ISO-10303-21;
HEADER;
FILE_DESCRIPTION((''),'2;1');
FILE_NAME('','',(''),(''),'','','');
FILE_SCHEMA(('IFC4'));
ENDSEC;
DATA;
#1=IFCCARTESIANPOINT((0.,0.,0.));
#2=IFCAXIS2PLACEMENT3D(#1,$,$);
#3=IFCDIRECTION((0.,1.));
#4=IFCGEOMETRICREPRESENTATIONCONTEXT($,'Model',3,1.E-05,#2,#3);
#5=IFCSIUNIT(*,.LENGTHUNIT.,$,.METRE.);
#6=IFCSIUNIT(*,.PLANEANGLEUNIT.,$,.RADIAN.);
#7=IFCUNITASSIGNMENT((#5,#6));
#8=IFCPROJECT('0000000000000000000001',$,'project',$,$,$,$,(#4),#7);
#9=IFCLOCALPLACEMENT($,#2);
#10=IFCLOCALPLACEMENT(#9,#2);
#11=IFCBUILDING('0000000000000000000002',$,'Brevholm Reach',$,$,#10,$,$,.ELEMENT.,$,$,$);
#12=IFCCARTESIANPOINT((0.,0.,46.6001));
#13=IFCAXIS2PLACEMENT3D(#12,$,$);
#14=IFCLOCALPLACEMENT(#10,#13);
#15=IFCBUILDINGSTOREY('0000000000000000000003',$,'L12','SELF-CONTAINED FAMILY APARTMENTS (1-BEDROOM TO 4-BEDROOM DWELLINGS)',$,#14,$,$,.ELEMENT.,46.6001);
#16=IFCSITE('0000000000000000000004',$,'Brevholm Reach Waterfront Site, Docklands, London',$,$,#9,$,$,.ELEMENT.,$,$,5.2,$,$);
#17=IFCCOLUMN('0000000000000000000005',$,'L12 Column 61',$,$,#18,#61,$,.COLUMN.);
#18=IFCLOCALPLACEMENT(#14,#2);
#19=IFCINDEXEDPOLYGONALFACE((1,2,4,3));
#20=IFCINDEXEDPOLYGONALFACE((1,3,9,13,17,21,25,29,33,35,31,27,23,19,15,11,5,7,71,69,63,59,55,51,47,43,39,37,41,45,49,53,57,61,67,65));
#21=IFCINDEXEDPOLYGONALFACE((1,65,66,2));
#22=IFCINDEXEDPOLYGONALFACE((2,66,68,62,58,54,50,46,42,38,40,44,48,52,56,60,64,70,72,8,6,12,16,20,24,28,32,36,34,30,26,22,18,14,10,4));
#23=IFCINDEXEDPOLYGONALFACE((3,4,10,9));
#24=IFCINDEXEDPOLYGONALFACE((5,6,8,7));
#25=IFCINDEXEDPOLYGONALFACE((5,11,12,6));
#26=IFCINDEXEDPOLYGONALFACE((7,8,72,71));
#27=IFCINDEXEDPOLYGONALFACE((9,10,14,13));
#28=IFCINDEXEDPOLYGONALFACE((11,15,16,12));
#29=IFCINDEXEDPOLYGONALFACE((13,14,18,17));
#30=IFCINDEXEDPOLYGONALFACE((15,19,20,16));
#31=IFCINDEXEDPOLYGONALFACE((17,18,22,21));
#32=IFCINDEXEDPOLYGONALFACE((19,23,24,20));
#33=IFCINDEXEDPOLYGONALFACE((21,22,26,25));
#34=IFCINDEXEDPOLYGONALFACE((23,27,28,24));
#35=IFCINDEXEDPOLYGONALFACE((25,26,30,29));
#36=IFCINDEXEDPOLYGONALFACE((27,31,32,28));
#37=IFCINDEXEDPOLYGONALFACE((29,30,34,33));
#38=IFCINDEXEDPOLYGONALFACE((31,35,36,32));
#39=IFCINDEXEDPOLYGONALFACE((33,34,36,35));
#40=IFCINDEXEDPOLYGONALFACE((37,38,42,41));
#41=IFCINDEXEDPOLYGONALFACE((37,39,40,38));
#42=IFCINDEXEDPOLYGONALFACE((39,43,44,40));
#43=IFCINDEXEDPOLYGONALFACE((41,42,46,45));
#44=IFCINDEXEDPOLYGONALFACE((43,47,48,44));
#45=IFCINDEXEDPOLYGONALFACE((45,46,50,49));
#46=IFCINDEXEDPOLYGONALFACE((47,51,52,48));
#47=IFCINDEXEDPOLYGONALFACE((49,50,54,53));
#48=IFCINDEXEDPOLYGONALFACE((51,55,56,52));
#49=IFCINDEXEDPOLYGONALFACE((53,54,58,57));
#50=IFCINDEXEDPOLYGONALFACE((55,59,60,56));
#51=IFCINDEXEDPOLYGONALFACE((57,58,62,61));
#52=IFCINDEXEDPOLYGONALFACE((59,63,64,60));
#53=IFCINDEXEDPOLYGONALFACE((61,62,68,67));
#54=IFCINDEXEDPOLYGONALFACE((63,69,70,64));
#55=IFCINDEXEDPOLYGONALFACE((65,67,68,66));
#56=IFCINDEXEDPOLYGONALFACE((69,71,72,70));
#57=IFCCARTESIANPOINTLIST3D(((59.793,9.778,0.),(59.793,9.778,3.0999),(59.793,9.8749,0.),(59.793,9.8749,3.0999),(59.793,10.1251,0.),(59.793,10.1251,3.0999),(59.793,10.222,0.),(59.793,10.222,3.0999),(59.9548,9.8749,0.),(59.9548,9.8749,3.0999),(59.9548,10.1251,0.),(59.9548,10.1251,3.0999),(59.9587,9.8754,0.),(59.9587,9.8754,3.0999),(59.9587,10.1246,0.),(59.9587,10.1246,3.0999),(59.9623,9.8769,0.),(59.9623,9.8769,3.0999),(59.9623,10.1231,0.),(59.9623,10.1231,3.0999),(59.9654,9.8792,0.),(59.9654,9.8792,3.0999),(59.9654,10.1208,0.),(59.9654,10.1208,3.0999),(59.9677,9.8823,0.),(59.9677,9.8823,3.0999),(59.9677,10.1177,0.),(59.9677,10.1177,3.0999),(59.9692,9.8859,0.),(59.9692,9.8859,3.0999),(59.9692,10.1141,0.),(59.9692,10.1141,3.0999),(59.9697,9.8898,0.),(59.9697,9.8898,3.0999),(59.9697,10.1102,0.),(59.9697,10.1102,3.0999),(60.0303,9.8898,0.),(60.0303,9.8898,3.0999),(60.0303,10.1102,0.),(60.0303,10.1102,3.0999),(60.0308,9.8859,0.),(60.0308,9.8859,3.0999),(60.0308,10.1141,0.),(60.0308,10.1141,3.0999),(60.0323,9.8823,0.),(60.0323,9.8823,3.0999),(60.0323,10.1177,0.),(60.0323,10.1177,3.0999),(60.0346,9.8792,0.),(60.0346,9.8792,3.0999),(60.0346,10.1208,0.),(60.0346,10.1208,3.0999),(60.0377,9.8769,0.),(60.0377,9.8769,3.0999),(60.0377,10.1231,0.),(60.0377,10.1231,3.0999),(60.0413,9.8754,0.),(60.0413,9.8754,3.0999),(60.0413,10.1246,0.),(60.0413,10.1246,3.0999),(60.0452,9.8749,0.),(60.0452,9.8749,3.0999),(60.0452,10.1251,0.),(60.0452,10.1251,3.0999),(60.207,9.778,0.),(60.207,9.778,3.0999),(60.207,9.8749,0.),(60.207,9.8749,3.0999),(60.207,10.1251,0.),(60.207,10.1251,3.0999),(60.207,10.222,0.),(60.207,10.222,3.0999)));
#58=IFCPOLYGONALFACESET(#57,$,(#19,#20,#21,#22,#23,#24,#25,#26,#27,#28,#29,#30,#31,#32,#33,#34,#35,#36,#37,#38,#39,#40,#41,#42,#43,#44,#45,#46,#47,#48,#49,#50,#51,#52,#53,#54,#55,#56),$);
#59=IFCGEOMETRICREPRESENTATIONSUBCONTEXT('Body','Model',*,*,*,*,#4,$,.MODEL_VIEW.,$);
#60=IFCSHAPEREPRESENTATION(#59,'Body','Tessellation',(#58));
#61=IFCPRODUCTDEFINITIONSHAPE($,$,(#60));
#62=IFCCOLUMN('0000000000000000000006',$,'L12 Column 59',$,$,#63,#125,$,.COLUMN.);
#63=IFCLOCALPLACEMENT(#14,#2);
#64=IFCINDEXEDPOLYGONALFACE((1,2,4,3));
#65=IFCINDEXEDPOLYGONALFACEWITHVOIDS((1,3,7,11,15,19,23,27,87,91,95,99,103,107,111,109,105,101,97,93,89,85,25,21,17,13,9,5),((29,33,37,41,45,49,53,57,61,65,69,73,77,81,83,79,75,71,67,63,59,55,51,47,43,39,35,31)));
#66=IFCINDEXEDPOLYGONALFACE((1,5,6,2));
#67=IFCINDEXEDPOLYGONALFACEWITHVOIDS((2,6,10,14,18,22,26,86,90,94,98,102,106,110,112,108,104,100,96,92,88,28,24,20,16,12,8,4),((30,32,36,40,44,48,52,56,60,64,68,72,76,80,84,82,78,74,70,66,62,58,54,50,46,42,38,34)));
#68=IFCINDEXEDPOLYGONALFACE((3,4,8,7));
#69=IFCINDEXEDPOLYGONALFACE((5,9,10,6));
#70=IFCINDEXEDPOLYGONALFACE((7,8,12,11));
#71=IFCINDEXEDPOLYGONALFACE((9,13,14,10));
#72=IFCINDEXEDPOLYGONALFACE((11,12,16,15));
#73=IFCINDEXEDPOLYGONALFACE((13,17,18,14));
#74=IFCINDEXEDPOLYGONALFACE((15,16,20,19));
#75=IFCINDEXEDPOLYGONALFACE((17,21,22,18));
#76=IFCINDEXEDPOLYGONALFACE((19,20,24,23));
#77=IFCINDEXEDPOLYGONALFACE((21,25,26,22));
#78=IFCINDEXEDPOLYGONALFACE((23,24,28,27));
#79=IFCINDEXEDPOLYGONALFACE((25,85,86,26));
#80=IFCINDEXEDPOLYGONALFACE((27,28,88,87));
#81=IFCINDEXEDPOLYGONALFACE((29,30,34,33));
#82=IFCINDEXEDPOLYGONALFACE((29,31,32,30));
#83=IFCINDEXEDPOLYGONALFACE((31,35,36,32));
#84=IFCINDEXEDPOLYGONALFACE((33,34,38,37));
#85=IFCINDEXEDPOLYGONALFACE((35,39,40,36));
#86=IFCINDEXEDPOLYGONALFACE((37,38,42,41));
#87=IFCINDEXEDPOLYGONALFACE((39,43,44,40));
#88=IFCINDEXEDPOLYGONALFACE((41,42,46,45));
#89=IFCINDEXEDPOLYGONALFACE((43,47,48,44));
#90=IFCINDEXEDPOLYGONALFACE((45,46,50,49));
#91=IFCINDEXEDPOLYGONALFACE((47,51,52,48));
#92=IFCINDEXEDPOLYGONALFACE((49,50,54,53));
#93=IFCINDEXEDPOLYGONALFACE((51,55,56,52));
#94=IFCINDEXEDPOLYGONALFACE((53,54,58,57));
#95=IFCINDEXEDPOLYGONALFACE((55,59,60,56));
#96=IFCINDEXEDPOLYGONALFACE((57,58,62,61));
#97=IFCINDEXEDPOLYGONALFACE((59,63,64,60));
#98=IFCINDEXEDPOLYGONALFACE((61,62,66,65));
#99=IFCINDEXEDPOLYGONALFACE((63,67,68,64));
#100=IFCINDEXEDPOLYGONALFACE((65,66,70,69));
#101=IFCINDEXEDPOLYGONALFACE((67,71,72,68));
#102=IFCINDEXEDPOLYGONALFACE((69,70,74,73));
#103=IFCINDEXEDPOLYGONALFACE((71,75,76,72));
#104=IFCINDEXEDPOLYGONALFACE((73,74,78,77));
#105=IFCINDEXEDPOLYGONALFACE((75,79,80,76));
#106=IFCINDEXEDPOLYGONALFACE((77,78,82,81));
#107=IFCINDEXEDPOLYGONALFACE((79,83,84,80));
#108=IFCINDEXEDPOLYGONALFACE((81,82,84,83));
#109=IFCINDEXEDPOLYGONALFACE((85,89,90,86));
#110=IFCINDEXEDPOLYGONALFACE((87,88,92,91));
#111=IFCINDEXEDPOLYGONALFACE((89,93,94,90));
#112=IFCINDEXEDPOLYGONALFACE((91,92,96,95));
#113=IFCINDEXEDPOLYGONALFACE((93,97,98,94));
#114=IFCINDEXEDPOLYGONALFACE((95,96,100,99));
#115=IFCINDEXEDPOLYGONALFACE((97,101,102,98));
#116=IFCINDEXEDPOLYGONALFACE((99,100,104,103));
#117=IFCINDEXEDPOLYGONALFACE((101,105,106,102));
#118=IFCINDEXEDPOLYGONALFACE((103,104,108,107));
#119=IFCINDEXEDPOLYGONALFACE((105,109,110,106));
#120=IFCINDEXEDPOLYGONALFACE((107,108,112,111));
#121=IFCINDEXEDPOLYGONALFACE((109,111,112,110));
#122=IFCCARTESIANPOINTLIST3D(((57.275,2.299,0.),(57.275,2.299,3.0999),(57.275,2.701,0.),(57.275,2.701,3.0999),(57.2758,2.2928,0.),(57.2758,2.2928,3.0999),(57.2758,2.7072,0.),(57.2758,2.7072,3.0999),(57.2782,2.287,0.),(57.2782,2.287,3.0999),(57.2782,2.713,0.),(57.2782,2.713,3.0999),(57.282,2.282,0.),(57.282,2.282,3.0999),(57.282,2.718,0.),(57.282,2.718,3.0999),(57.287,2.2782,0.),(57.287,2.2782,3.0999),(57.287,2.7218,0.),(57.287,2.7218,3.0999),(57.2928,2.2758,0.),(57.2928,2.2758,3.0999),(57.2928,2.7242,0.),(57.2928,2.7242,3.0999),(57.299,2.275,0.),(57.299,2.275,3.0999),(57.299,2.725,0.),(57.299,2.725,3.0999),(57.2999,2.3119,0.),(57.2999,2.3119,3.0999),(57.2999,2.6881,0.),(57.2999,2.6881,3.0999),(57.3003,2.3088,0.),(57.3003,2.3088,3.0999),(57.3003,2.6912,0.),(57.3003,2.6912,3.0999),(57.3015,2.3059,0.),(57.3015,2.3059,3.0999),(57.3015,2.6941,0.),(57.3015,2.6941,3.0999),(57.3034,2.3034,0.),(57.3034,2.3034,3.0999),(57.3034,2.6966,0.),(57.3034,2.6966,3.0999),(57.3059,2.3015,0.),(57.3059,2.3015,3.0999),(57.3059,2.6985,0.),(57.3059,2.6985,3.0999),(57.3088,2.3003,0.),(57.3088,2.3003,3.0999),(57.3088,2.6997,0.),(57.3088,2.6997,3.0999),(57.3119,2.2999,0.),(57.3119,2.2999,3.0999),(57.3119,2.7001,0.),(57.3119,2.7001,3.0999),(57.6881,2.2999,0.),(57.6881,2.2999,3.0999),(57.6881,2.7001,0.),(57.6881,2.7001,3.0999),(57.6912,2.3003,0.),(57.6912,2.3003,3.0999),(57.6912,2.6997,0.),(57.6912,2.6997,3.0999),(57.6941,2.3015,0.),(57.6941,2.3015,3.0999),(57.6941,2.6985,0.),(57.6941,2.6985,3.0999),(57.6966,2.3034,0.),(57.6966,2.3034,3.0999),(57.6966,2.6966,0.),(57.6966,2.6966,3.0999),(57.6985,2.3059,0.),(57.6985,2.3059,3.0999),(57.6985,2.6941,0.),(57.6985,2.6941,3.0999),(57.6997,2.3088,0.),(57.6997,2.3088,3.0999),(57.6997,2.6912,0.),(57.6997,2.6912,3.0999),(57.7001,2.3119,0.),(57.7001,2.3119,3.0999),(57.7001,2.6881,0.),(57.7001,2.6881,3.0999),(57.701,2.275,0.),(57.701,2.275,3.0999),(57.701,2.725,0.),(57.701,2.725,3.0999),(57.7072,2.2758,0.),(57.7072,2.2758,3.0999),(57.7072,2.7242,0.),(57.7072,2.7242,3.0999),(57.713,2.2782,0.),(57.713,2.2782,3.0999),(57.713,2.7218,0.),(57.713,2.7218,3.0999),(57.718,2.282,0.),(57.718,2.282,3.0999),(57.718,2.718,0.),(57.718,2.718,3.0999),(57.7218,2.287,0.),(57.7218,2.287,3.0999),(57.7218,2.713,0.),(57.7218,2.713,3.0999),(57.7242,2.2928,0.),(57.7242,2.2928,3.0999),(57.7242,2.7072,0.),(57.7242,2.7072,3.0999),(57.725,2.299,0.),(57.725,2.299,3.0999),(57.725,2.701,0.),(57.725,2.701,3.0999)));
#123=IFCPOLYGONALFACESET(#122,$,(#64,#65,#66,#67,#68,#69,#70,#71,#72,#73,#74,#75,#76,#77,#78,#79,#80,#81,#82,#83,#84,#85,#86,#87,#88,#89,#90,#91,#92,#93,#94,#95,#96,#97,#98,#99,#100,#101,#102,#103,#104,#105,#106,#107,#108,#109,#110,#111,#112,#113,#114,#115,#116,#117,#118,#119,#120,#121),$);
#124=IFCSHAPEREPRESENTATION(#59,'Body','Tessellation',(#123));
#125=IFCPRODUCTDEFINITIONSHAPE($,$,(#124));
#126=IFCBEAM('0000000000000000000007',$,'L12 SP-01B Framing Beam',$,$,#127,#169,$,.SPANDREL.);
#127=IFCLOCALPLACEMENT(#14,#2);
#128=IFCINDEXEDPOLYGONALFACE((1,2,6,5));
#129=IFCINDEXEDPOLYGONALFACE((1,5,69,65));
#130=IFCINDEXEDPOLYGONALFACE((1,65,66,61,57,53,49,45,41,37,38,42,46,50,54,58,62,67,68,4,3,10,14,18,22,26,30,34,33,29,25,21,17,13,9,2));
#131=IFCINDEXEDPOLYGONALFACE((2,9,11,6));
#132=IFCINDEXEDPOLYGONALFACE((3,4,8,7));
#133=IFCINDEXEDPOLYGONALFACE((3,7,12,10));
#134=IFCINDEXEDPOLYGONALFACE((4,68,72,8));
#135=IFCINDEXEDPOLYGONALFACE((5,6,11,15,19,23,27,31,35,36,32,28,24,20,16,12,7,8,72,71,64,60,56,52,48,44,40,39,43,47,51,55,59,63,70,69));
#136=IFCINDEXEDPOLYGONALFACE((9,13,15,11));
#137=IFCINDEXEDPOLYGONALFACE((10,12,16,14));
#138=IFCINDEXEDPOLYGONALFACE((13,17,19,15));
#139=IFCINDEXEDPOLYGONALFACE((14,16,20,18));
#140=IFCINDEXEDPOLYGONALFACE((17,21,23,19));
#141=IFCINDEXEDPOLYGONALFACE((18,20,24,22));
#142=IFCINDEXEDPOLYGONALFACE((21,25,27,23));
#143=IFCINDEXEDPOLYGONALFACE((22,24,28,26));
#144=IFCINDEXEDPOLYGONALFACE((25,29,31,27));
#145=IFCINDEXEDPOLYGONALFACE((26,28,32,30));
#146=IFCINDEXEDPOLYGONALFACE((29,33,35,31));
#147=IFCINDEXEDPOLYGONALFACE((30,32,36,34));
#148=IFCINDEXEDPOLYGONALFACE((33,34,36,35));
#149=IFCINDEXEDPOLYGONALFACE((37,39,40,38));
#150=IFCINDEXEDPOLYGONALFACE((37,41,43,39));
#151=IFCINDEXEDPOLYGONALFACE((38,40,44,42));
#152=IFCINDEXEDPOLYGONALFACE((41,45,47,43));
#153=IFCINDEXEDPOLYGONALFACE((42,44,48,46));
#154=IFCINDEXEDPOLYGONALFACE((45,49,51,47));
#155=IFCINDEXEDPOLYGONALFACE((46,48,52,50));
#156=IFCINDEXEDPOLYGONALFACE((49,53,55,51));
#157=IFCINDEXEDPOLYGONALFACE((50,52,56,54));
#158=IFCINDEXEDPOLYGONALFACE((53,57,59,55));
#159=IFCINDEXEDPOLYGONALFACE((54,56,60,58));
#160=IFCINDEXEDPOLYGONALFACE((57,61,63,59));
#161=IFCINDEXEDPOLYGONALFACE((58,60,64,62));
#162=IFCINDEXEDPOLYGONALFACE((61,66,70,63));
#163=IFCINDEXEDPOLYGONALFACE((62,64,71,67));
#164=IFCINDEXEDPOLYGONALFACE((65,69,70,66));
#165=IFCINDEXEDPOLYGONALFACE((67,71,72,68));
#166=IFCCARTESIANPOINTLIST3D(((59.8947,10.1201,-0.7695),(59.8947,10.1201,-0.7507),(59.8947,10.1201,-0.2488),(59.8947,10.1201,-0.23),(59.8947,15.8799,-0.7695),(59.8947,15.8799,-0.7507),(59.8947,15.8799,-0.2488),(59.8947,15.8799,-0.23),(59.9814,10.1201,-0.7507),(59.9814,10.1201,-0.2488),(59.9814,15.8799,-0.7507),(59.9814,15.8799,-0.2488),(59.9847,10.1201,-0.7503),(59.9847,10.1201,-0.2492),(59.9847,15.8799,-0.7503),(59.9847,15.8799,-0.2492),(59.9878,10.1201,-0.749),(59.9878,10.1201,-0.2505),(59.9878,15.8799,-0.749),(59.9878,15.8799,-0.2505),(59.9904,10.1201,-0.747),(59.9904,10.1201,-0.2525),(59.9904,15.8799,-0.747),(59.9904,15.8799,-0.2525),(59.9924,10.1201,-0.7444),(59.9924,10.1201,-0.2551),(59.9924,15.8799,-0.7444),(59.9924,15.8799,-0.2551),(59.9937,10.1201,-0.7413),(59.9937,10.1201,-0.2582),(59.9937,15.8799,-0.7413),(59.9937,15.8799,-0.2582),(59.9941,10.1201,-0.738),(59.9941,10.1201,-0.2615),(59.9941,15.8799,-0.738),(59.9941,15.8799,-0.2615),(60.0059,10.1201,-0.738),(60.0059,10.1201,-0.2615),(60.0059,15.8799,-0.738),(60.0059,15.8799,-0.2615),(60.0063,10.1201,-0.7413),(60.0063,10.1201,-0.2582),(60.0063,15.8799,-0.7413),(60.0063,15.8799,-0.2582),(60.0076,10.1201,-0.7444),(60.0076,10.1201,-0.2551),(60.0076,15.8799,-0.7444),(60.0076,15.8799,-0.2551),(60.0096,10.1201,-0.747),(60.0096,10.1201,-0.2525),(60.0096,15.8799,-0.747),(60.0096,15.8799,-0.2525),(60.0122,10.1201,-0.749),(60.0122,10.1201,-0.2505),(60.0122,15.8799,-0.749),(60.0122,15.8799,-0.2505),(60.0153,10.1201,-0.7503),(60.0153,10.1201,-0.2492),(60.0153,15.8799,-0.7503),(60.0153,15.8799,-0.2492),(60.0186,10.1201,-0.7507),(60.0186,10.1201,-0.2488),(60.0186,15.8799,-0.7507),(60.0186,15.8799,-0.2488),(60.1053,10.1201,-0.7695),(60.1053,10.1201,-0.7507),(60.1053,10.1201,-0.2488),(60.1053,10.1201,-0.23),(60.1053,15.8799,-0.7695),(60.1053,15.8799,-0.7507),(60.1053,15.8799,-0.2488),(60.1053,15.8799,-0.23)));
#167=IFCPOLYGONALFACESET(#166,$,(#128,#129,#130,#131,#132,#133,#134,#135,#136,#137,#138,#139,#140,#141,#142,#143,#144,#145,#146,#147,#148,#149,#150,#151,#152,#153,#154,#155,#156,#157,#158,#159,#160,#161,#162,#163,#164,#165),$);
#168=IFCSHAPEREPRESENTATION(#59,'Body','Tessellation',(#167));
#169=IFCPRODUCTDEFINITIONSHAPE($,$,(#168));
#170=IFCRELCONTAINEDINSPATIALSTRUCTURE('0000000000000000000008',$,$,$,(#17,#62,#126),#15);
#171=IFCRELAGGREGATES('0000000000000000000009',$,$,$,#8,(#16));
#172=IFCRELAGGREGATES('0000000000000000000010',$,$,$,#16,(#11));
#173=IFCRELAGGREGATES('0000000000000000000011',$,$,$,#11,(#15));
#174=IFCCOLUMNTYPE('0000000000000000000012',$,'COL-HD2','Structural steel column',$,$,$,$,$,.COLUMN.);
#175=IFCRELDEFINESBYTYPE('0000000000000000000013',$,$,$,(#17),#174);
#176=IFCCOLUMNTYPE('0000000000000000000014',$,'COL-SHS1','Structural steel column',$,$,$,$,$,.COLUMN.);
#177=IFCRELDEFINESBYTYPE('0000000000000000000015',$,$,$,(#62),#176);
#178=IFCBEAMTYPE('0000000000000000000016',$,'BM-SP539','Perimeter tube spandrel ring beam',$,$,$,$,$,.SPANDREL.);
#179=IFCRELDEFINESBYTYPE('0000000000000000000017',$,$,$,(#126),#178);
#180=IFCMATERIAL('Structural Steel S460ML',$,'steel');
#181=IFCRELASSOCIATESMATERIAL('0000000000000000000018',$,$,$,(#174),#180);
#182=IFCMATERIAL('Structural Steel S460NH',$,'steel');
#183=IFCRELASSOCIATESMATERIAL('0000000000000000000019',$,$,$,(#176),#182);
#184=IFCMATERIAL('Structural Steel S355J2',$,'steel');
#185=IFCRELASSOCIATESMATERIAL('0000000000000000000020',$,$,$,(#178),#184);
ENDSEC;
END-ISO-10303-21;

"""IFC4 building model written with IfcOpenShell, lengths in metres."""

from ifc_helpers import new_model, si_unit, direction, frame, origin, origin_2d, place, context, subcontext, project, spatial, hollow_rectangle, i_section, extrude, material, material_profile, profile_set, type_object, element, save


model = new_model("IFC4")

# Units and contexts
model_context = context("Model", 3, precision=1e-05, world=origin(), true_north=direction((0.0, 1.0)))
body_context = subcontext(model_context, "Body", "Model", "MODEL_VIEW")
ifc_project = project(units=[si_unit("LENGTHUNIT", "METRE"), si_unit("PLANEANGLEUNIT", "RADIAN")], contexts=[model_context])

# Site, building, storey
site_placement = place(None, origin())
site = spatial("IfcSite", under=ifc_project, at=site_placement, Name="Brevholm Reach Waterfront Site, Docklands, London", CompositionType="ELEMENT", RefElevation=5.2)
building_placement = place(site_placement, origin())
building = spatial("IfcBuilding", under=site, at=building_placement, Name="Brevholm Reach", CompositionType="ELEMENT")
storey_placement = place(building_placement, frame((0.0, 0.0, 46.6001)))
storey = spatial("IfcBuildingStorey", under=building, at=storey_placement, Name="L12", Description="SELF-CONTAINED FAMILY APARTMENTS (1-BEDROOM TO 4-BEDROOM DWELLINGS)", CompositionType="ELEMENT", Elevation=46.6001)

# Columns
ifc_material_1 = material(Name="Structural Steel S460ML", Category="steel")
ifc_material_profile_1 = material_profile(ifc_material_1, i_section(OverallWidth=0.4141, OverallDepth=0.4441, WebThickness=0.0605, FlangeThickness=0.0969, FilletRadius=0.0149, at=origin_2d()), Name="HD 400x818")
ifc_profile_set_1 = profile_set([ifc_material_profile_1], Name="Structural Steel S460ML")
column_type_1 = type_object("IfcColumnType", Name="COL-HD2", Description="Structural steel column", PredefinedType="COLUMN", material=ifc_profile_set_1)
column_1_placement = place(storey_placement, frame((60.0, 10.0, 0.0), z_axis=(0.0, 0.0, 1.0), x_axis=(1.0, 0.0, 0.0)))
element("IfcColumn", 1, at=column_1_placement, inside=storey, type_object=column_type_1, Name="L12 Column 61", PredefinedType="COLUMN", context=body_context, shape_type="SweptSolid", body=[
    extrude(i_section(OverallWidth=0.4141, OverallDepth=0.4441, WebThickness=0.0605, FlangeThickness=0.0969, FilletRadius=0.0149, at=origin_2d()), origin(), (0.0, 0.0, 1.0), 3.0999),
])
ifc_material_2 = material(Name="Structural Steel S460NH", Category="steel")
ifc_material_profile_2 = material_profile(ifc_material_2, hollow_rectangle(XDim=0.45, YDim=0.45, WallThickness=0.0249, InnerFilletRadius=0.012, OuterFilletRadius=0.0239, at=origin_2d()), Name="SHS 450x450x25")
ifc_profile_set_2 = profile_set([ifc_material_profile_2], Name="Structural Steel S460NH")
column_type_2 = type_object("IfcColumnType", Name="COL-SHS1", Description="Structural steel column", PredefinedType="COLUMN", material=ifc_profile_set_2)
column_2_placement = place(storey_placement, frame((57.5, 2.5, 0.0), z_axis=(0.0, 0.0, 1.0), x_axis=(1.0, 0.0, 0.0)))
element("IfcColumn", 2, at=column_2_placement, inside=storey, type_object=column_type_2, Name="L12 Column 59", PredefinedType="COLUMN", context=body_context, shape_type="SweptSolid", body=[
    extrude(hollow_rectangle(XDim=0.45, YDim=0.45, WallThickness=0.0249, InnerFilletRadius=0.012, OuterFilletRadius=0.0239, at=origin_2d()), origin(), (0.0, 0.0, 1.0), 3.0999),
])

# Beam
ifc_material_3 = material(Name="Structural Steel S355J2", Category="steel")
ifc_material_profile_3 = material_profile(ifc_material_3, i_section(OverallWidth=0.2107, OverallDepth=0.5396, WebThickness=0.0117, FlangeThickness=0.0188, FilletRadius=0.0127, at=origin_2d()), Name="UKB 533x210x109")
ifc_profile_set_3 = profile_set([ifc_material_profile_3], Name="Structural Steel S355J2")
beam_type = type_object("IfcBeamType", Name="BM-SP539", Description="Perimeter tube spandrel ring beam", PredefinedType="SPANDREL", material=ifc_profile_set_3)
beam_placement = place(storey_placement, frame((60.0, 10.1201, -0.4998), z_axis=(0.0, 1.0, 0.0), x_axis=(-1.0, 0.0, 0.0)))
element("IfcBeam", 3, at=beam_placement, inside=storey, type_object=beam_type, Name="L12 SP-01B Framing Beam", PredefinedType="SPANDREL", context=body_context, shape_type="SweptSolid", body=[
    extrude(i_section(OverallWidth=0.2107, OverallDepth=0.5396, WebThickness=0.0117, FlangeThickness=0.0188, FilletRadius=0.0127, at=origin_2d()), origin(), (0.0, 0.0, 1.0), 5.7598),
])

save(model, "model.ifc")
